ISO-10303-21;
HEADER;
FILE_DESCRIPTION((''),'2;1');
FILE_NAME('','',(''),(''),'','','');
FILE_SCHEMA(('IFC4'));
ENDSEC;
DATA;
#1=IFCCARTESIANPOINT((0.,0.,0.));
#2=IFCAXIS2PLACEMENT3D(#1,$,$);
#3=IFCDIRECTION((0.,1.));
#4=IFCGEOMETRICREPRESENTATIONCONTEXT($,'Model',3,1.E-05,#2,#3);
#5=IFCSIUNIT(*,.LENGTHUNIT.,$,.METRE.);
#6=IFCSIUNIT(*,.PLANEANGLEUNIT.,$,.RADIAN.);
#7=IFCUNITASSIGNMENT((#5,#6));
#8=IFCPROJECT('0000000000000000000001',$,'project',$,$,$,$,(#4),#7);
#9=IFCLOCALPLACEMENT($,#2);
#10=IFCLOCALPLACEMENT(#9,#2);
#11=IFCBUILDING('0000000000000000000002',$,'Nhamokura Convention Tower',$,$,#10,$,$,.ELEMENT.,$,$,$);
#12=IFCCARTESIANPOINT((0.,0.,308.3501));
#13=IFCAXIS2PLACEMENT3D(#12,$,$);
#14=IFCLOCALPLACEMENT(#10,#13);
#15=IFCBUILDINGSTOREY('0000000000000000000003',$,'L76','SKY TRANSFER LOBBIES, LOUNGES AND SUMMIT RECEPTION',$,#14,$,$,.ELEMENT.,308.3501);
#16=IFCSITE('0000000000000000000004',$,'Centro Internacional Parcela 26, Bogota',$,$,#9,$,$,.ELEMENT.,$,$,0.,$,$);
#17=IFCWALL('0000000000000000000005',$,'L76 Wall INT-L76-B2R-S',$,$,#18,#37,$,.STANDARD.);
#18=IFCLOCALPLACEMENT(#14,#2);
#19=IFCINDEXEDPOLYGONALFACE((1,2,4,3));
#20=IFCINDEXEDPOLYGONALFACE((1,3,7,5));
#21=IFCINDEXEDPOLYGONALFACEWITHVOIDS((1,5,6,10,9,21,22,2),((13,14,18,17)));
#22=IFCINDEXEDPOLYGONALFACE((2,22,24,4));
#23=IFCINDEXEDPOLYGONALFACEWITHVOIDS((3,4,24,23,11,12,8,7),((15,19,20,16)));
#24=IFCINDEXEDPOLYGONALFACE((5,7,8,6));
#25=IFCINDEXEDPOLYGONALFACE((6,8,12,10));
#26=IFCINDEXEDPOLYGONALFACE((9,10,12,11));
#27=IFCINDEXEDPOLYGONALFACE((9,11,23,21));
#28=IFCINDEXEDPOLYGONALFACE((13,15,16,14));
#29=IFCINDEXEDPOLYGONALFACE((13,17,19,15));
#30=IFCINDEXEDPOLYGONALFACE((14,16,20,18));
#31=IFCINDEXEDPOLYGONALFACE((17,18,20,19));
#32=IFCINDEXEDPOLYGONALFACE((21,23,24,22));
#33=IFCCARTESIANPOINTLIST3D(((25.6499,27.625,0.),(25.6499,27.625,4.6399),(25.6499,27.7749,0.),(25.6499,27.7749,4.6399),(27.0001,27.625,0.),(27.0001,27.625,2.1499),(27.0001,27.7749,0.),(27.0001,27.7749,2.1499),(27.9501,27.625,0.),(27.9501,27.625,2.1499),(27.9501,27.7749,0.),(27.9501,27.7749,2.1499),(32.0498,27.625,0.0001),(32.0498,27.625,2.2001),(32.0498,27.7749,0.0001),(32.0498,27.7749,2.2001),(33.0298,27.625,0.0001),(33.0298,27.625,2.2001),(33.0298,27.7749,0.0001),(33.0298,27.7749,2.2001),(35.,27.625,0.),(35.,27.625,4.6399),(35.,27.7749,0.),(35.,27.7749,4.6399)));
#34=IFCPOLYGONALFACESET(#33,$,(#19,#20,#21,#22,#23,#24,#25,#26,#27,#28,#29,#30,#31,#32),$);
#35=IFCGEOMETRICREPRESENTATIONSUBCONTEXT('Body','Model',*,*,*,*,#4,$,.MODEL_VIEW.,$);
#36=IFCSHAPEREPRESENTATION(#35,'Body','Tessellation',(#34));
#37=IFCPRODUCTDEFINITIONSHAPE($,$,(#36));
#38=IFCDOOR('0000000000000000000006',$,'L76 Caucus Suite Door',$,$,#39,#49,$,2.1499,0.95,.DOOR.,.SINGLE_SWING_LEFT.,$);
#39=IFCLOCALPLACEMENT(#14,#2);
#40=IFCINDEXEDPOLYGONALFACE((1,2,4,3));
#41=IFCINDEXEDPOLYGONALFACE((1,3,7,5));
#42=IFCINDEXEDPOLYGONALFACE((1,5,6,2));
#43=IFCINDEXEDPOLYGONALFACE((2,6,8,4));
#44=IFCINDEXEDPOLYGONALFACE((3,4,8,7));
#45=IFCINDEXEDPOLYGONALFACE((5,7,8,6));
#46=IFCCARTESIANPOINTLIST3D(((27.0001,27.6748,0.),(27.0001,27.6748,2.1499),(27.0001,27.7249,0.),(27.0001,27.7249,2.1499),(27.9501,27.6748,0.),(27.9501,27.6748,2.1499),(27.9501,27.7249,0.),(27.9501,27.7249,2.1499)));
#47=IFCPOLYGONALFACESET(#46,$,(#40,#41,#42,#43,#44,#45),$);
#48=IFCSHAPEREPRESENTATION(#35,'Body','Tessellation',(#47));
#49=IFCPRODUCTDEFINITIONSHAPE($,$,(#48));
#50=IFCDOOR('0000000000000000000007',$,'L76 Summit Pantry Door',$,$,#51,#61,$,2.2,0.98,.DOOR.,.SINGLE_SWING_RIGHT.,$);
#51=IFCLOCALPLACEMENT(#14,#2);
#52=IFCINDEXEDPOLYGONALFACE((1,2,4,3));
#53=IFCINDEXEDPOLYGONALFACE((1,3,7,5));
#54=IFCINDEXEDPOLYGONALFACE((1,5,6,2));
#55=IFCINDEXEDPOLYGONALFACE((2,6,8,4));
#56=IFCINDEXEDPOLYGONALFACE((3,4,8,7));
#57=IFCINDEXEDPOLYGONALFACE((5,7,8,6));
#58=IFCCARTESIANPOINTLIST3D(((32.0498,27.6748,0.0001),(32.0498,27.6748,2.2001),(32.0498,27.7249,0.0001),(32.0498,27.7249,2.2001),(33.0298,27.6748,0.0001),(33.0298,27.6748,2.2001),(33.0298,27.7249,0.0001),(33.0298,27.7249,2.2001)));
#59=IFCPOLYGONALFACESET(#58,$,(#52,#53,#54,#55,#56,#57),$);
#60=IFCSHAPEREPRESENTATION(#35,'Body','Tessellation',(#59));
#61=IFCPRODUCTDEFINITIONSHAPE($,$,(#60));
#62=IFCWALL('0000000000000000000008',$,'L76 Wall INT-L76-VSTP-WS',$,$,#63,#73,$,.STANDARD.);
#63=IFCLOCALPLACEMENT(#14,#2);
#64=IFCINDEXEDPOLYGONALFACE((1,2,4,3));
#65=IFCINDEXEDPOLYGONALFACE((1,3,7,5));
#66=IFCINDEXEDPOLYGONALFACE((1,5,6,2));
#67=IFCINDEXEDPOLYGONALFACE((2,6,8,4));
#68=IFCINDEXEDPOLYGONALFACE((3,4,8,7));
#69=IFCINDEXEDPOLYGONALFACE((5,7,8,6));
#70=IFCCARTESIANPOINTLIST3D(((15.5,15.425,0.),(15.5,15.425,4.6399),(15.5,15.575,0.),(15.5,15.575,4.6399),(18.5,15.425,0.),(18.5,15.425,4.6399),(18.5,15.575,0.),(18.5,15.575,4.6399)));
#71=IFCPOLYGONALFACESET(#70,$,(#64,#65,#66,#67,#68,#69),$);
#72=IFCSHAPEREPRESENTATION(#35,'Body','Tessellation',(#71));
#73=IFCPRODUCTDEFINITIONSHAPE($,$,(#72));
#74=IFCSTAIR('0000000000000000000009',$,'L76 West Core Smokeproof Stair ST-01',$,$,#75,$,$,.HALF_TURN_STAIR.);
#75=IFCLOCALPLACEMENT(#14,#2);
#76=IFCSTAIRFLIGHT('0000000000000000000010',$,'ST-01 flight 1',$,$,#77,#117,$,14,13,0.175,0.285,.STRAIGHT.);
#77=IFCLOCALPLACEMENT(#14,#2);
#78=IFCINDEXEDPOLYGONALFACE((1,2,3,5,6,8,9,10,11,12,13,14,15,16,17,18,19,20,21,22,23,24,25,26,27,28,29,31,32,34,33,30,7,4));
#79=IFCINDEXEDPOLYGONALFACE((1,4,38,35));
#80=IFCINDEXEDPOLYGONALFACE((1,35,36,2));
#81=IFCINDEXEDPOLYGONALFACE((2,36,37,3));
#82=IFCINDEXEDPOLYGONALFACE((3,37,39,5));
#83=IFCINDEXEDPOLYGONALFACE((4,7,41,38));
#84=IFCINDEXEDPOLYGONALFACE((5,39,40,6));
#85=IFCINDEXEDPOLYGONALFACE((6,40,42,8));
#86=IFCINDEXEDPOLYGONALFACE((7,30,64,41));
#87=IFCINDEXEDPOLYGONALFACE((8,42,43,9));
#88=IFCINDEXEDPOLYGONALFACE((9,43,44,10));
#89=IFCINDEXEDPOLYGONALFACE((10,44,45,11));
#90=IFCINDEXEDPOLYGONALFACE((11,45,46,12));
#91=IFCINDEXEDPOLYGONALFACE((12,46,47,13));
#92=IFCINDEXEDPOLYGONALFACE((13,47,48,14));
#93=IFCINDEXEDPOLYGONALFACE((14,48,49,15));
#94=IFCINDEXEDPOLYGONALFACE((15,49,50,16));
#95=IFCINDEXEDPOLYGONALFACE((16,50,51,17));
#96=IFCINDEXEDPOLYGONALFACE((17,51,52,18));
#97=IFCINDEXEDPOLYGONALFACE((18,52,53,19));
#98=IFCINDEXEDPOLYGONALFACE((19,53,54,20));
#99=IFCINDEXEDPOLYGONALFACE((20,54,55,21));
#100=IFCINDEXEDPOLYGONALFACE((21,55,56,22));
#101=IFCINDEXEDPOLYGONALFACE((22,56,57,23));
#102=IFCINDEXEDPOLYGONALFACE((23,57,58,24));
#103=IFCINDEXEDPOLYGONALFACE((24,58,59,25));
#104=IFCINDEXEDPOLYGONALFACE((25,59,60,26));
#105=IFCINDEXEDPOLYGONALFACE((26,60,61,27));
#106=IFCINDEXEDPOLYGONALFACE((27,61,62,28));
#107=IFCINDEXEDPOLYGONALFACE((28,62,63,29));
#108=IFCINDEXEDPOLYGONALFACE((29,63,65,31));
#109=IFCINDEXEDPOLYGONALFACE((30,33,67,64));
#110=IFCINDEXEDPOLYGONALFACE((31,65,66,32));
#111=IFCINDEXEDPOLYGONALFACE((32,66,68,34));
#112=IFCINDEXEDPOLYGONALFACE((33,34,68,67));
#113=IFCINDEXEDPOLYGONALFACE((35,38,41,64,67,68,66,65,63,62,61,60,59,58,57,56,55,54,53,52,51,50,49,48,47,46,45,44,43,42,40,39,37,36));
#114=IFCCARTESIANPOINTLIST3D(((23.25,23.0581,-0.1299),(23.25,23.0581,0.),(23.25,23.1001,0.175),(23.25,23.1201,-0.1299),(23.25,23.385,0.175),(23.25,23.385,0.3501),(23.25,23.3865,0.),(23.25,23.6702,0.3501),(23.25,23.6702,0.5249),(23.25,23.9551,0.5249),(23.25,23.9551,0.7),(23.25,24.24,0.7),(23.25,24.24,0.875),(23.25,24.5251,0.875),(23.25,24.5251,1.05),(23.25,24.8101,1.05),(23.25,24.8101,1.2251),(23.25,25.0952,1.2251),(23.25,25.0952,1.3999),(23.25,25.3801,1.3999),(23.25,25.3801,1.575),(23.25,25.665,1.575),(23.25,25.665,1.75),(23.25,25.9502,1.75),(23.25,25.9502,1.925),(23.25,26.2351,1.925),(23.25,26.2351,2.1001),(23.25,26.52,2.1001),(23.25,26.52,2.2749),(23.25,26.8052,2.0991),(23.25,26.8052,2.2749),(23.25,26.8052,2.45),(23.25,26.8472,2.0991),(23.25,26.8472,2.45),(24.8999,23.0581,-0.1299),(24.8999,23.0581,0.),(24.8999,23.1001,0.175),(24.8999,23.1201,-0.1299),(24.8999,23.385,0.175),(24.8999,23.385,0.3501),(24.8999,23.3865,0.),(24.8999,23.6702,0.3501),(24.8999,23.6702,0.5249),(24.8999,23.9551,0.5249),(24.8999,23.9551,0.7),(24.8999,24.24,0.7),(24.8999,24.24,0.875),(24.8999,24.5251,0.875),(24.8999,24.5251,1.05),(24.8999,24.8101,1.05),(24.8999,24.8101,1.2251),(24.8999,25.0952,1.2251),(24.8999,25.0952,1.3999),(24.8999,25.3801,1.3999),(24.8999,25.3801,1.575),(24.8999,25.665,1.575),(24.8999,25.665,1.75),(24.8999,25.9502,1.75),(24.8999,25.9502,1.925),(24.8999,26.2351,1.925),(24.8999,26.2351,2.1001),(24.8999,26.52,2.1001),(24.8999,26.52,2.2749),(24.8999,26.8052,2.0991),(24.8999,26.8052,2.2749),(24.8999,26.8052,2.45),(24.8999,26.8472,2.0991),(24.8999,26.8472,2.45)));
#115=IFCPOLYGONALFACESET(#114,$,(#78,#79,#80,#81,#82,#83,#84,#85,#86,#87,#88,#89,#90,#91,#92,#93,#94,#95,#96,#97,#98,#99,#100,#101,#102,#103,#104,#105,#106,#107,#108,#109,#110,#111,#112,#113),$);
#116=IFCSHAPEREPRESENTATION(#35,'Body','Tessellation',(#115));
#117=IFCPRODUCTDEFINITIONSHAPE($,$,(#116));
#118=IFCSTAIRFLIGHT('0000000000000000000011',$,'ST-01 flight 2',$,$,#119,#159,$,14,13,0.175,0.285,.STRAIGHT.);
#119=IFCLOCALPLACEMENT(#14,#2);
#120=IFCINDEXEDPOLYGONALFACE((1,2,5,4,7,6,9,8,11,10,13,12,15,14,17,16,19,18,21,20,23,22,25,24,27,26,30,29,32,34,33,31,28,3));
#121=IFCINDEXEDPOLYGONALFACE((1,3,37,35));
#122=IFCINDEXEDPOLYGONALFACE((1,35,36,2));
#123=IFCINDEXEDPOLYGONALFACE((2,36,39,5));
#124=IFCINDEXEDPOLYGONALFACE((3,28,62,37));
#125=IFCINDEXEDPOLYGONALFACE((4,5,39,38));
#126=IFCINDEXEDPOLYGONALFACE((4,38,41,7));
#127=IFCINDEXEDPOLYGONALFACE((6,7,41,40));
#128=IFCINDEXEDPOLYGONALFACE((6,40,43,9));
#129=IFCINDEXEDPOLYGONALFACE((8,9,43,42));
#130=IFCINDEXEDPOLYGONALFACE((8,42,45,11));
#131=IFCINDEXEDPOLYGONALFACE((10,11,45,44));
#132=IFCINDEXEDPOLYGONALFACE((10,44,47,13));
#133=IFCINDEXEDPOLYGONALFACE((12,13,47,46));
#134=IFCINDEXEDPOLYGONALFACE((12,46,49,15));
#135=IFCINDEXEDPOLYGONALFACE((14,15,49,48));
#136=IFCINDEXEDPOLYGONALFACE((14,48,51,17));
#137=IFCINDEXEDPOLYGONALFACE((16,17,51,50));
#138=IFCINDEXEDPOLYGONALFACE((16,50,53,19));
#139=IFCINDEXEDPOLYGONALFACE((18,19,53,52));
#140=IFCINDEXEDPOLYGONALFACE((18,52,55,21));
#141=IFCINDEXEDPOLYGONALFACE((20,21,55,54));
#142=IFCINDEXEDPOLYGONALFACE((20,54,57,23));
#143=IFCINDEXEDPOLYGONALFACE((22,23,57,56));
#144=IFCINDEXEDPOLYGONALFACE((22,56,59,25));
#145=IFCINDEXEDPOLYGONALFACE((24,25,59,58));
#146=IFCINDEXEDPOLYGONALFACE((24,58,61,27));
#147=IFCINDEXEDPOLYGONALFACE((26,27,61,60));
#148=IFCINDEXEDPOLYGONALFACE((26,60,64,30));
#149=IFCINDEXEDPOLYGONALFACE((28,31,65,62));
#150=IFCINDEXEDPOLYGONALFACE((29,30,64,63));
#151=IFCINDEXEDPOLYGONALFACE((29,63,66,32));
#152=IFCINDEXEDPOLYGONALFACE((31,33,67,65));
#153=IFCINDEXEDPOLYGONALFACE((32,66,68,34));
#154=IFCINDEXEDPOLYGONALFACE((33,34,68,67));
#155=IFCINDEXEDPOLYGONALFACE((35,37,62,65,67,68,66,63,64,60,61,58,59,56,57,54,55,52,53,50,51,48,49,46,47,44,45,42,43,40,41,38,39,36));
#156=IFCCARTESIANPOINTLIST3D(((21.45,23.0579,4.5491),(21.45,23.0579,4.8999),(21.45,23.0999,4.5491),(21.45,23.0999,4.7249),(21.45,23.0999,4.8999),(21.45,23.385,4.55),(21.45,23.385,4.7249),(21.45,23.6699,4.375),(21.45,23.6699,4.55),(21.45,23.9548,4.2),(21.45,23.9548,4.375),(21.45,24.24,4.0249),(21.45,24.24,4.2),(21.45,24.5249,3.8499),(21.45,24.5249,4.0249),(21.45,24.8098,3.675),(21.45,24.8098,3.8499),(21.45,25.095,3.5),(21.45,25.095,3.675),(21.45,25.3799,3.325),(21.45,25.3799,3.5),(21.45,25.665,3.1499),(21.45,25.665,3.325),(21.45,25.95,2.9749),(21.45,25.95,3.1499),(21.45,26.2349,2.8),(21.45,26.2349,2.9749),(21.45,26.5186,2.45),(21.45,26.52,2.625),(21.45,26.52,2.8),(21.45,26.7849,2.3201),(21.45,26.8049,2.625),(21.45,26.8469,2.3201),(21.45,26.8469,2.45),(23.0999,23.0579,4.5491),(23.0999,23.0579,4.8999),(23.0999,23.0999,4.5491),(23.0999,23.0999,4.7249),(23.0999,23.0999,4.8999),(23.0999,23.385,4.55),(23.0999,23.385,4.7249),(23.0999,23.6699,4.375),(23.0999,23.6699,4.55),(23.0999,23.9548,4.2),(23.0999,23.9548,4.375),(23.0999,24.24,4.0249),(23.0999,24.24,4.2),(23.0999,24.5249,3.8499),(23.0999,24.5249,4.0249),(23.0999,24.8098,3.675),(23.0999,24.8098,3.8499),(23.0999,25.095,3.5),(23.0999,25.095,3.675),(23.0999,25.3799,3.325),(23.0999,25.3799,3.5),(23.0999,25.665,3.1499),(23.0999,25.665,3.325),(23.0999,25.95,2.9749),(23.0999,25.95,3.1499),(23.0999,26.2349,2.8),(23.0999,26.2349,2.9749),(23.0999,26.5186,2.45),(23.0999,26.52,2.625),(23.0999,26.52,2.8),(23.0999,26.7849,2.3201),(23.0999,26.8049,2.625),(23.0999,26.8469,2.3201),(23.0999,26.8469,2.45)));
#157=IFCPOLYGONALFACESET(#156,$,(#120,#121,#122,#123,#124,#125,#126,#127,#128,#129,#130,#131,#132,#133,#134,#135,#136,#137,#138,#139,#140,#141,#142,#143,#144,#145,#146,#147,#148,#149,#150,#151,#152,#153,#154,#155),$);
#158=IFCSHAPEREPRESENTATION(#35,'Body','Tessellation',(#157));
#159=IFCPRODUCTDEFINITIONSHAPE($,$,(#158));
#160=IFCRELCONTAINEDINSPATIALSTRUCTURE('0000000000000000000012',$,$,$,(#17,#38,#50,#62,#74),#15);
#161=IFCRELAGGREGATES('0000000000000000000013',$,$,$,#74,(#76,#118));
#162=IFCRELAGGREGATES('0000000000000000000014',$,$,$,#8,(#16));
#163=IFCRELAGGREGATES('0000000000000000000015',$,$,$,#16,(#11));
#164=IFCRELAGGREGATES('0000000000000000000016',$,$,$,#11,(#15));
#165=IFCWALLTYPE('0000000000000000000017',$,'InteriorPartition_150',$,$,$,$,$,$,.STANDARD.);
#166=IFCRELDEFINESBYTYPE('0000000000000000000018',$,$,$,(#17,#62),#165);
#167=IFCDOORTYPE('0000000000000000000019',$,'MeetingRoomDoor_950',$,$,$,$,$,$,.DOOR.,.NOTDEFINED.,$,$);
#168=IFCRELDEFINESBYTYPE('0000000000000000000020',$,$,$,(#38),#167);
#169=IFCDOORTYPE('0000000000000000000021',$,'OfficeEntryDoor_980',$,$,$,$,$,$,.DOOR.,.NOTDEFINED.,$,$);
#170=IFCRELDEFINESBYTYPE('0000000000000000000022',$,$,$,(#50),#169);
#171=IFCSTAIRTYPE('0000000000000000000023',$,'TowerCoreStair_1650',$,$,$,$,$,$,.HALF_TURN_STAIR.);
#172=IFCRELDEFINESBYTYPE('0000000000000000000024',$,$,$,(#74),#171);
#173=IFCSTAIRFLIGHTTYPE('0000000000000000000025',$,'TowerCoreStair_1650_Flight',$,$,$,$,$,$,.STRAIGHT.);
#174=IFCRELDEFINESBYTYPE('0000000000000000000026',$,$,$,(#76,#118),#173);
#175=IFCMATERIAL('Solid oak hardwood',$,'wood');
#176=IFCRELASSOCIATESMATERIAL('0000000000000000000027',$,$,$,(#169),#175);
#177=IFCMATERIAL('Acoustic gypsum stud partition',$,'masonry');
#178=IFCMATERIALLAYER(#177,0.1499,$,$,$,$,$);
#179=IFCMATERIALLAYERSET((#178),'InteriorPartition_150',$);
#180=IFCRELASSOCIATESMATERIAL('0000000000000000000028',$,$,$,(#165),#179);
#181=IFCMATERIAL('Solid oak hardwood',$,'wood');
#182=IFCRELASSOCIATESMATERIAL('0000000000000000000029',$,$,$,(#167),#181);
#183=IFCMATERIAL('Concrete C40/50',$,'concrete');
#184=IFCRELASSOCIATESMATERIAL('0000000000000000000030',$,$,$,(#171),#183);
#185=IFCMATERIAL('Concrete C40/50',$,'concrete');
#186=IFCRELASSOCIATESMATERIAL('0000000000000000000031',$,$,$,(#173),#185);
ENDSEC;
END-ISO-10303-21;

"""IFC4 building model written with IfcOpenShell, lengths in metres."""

from ifc_helpers import new_model, si_unit, direction, frame, frame_2d, origin, place, context, subcontext, project, spatial, polyline, rectangle, outline, extrude, material, layer, layer_set, type_object, element, fill, aggregate, save


model = new_model("IFC4")

# Units and contexts
model_context = context("Model", 3, precision=1e-05, world=origin(), true_north=direction((0.0, 1.0)))
body_context = subcontext(model_context, "Body", "Model", "MODEL_VIEW")
ifc_project = project(units=[si_unit("LENGTHUNIT", "METRE"), si_unit("PLANEANGLEUNIT", "RADIAN")], contexts=[model_context])

# Site, building, storey
site_placement = place(None, origin())
site = spatial("IfcSite", under=ifc_project, at=site_placement, Name="Centro Internacional Parcela 26, Bogota", CompositionType="ELEMENT", RefElevation=0.0)
building_placement = place(site_placement, origin())
building = spatial("IfcBuilding", under=site, at=building_placement, Name="Nhamokura Convention Tower", CompositionType="ELEMENT")
storey_placement = place(building_placement, frame((0.0, 0.0, 308.3501)))
storey = spatial("IfcBuildingStorey", under=building, at=storey_placement, Name="L76", Description="SKY TRANSFER LOBBIES, LOUNGES AND SUMMIT RECEPTION", CompositionType="ELEMENT", Elevation=308.3501)

# Shared definitions
ifc_material_1 = material(Name="Solid oak hardwood", Category="wood")
door_type_1 = type_object("IfcDoorType", Name="OfficeEntryDoor_980", OperationType="NOTDEFINED", PredefinedType="DOOR", material=ifc_material_1)

# Shared definitions
ifc_material_2 = material(Name="Acoustic gypsum stud partition", Category="masonry")
ifc_layer_1 = layer(ifc_material_2, 0.1499)
ifc_layer_set_1 = layer_set([ifc_layer_1], Name="InteriorPartition_150")
wall_type_1 = type_object("IfcWallType", Name="InteriorPartition_150", PredefinedType="STANDARD", material=ifc_layer_set_1)
ifc_material_3 = material(Name="Solid oak hardwood", Category="wood")
door_type_2 = type_object("IfcDoorType", Name="MeetingRoomDoor_950", OperationType="NOTDEFINED", PredefinedType="DOOR", material=ifc_material_3)

# Wall, openings, doors
wall_1_placement = place(storey_placement, frame((25.6499, 27.7, 0.0), z_axis=(0.0, 0.0, 1.0), x_axis=(1.0, 0.0, 0.0)))
wall_1 = element("IfcWall", 1, at=wall_1_placement, inside=storey, type_object=wall_type_1, Name="L76 Wall INT-L76-B2R-S", PredefinedType="STANDARD", context=body_context, shape_type="SweptSolid", body=[
    extrude(rectangle(XDim=9.3501, YDim=0.1499, at=frame_2d((4.675, 0.0))), origin(), (0.0, 0.0, 1.0), 4.6399),
])
opening_1_placement = place(wall_1_placement, frame((1.3501, 0.0, 0.0)))
opening_1 = element("IfcOpeningElement", 2, at=opening_1_placement, cuts=wall_1, PredefinedType="OPENING", context=body_context, shape_type="SweptSolid", body=[
    extrude(rectangle(XDim=0.95, YDim=2.1499, at=frame_2d((0.4751, 1.075))), frame((0.0, 0.085, 0.0), z_axis=(0.0, -1.0, 0.0), x_axis=(1.0, 0.0, 0.0)), (0.0, 0.0, 1.0), 0.1699),
])
opening_2_placement = place(wall_1_placement, frame((6.3999, 0.0, 0.0)))
opening_2 = element("IfcOpeningElement", 3, at=opening_2_placement, cuts=wall_1, PredefinedType="OPENING", context=body_context, shape_type="SweptSolid", body=[
    extrude(rectangle(XDim=0.98, YDim=2.2, at=frame_2d((0.49, 1.1001))), frame((0.0, 0.085, 0.0), z_axis=(0.0, -1.0, 0.0), x_axis=(1.0, 0.0, 0.0)), (0.0, 0.0, 1.0), 0.1699),
])
door_1_placement = place(opening_1_placement, origin())
door_1 = element("IfcDoor", 4, at=door_1_placement, inside=storey, type_object=door_type_2, Name="L76 Caucus Suite Door", OperationType="SINGLE_SWING_LEFT", OverallHeight=2.1499, OverallWidth=0.95, PredefinedType="DOOR", context=body_context, shape_type="SweptSolid", body=[
    extrude(rectangle(XDim=0.95, YDim=2.1499, at=frame_2d((0.4751, 1.075))), frame((0.0, 0.0249, 0.0), z_axis=(0.0, -1.0, 0.0), x_axis=(1.0, 0.0, 0.0)), (0.0, 0.0, 1.0), 0.05),
])
fill(opening_1, door_1)
door_2_placement = place(opening_2_placement, origin())
door_2 = element("IfcDoor", 5, at=door_2_placement, inside=storey, type_object=door_type_1, Name="L76 Summit Pantry Door", OperationType="SINGLE_SWING_RIGHT", OverallHeight=2.2, OverallWidth=0.98, PredefinedType="DOOR", context=body_context, shape_type="SweptSolid", body=[
    extrude(rectangle(XDim=0.98, YDim=2.2, at=frame_2d((0.49, 1.1001))), frame((0.0, 0.0249, 0.0), z_axis=(0.0, -1.0, 0.0), x_axis=(1.0, 0.0, 0.0)), (0.0, 0.0, 1.0), 0.05),
])
fill(opening_2, door_2)

# Wall
wall_2_placement = place(storey_placement, frame((15.5, 15.5, 0.0), z_axis=(0.0, 0.0, 1.0), x_axis=(1.0, 0.0, 0.0)))
element("IfcWall", 6, at=wall_2_placement, inside=storey, type_object=wall_type_1, Name="L76 Wall INT-L76-VSTP-WS", PredefinedType="STANDARD", context=body_context, shape_type="SweptSolid", body=[
    extrude(rectangle(XDim=3.0, YDim=0.1499, at=frame_2d((1.5, 0.0))), origin(), (0.0, 0.0, 1.0), 4.6399),
])

# Stair, stair flights
ifc_material_4 = material(Name="Concrete C40/50", Category="concrete")
stair_type = type_object("IfcStairType", Name="TowerCoreStair_1650", PredefinedType="HALF_TURN_STAIR", material=ifc_material_4)
stair_placement = place(storey_placement, origin())
stair = element("IfcStair", 7, at=stair_placement, inside=storey, type_object=stair_type, Name="L76 West Core Smokeproof Stair ST-01", PredefinedType="HALF_TURN_STAIR")
ifc_material_5 = material(Name="Concrete C40/50", Category="concrete")
stair_flight_type = type_object("IfcStairFlightType", Name="TowerCoreStair_1650_Flight", PredefinedType="STRAIGHT", material=ifc_material_5)
stair_flight_1_placement = place(storey_placement, frame((24.075, 23.1001, 0.0), z_axis=(0.0, 0.0, 1.0), x_axis=(0.0, 1.0, 0.0)))
stair_flight_1 = element("IfcStairFlight", 8, at=stair_flight_1_placement, type_object=stair_flight_type, Name="ST-01 flight 1", NumberOfRisers=14, NumberOfTreads=13, PredefinedType="STRAIGHT", RiserHeight=0.175, TreadLength=0.285, context=body_context, shape_type="SweptSolid", body=[
    extrude(outline(polyline([(-0.042, 0.0), (0.0, 0.175), (0.2849, 0.175), (0.2849, 0.3501), (0.5701, 0.3501), (0.5701, 0.5249), (0.855, 0.5249), (0.855, 0.7), (1.1399, 0.7), (1.1399, 0.875), (1.425, 0.875), (1.425, 1.05), (1.71, 1.05), (1.71, 1.2251), (1.9951, 1.2251), (1.9951, 1.3999), (2.28, 1.3999), (2.28, 1.575), (2.5649, 1.575), (2.5649, 1.75), (2.8501, 1.75), (2.8501, 1.925), (3.135, 1.925), (3.135, 2.1001), (3.4199, 2.1001), (3.4199, 2.2749), (3.7051, 2.2749), (3.7051, 2.45), (3.7471, 2.45), (3.7471, 2.0991), (3.7051, 2.0991), (0.2864, 0.0), (0.02, -0.1299), (-0.042, -0.1299), (-0.042, 0.0)])), frame((0.0, 0.825, 0.0), z_axis=(0.0, -1.0, 0.0), x_axis=(1.0, 0.0, 0.0)), (0.0, 0.0, 1.0), 1.6499),
])
stair_flight_2_placement = place(storey_placement, frame((22.2749, 26.8049, 2.45), z_axis=(0.0, 0.0, 1.0), x_axis=(0.0, -1.0, 0.0)))
stair_flight_2 = element("IfcStairFlight", 9, at=stair_flight_2_placement, type_object=stair_flight_type, Name="ST-01 flight 2", NumberOfRisers=14, NumberOfTreads=13, PredefinedType="STRAIGHT", RiserHeight=0.175, TreadLength=0.285, context=body_context, shape_type="SweptSolid", body=[
    extrude(outline(polyline([(-0.042, 0.0), (0.0, 0.175), (0.2849, 0.175), (0.2849, 0.3501), (0.5701, 0.3501), (0.5701, 0.5249), (0.855, 0.5249), (0.855, 0.7), (1.1399, 0.7), (1.1399, 0.875), (1.425, 0.875), (1.425, 1.05), (1.71, 1.05), (1.71, 1.2251), (1.9951, 1.2251), (1.9951, 1.3999), (2.28, 1.3999), (2.28, 1.575), (2.5649, 1.575), (2.5649, 1.75), (2.8501, 1.75), (2.8501, 1.925), (3.135, 1.925), (3.135, 2.1001), (3.4199, 2.1001), (3.4199, 2.2749), (3.7051, 2.2749), (3.7051, 2.45), (3.7471, 2.45), (3.7471, 2.0991), (3.7051, 2.0991), (0.2864, 0.0), (0.02, -0.1299), (-0.042, -0.1299), (-0.042, 0.0)])), frame((0.0, 0.825, 0.0), z_axis=(0.0, -1.0, 0.0), x_axis=(1.0, 0.0, 0.0)), (0.0, 0.0, 1.0), 1.6499),
])
aggregate(stair, [stair_flight_1, stair_flight_2])

save(model, "model.ifc")
